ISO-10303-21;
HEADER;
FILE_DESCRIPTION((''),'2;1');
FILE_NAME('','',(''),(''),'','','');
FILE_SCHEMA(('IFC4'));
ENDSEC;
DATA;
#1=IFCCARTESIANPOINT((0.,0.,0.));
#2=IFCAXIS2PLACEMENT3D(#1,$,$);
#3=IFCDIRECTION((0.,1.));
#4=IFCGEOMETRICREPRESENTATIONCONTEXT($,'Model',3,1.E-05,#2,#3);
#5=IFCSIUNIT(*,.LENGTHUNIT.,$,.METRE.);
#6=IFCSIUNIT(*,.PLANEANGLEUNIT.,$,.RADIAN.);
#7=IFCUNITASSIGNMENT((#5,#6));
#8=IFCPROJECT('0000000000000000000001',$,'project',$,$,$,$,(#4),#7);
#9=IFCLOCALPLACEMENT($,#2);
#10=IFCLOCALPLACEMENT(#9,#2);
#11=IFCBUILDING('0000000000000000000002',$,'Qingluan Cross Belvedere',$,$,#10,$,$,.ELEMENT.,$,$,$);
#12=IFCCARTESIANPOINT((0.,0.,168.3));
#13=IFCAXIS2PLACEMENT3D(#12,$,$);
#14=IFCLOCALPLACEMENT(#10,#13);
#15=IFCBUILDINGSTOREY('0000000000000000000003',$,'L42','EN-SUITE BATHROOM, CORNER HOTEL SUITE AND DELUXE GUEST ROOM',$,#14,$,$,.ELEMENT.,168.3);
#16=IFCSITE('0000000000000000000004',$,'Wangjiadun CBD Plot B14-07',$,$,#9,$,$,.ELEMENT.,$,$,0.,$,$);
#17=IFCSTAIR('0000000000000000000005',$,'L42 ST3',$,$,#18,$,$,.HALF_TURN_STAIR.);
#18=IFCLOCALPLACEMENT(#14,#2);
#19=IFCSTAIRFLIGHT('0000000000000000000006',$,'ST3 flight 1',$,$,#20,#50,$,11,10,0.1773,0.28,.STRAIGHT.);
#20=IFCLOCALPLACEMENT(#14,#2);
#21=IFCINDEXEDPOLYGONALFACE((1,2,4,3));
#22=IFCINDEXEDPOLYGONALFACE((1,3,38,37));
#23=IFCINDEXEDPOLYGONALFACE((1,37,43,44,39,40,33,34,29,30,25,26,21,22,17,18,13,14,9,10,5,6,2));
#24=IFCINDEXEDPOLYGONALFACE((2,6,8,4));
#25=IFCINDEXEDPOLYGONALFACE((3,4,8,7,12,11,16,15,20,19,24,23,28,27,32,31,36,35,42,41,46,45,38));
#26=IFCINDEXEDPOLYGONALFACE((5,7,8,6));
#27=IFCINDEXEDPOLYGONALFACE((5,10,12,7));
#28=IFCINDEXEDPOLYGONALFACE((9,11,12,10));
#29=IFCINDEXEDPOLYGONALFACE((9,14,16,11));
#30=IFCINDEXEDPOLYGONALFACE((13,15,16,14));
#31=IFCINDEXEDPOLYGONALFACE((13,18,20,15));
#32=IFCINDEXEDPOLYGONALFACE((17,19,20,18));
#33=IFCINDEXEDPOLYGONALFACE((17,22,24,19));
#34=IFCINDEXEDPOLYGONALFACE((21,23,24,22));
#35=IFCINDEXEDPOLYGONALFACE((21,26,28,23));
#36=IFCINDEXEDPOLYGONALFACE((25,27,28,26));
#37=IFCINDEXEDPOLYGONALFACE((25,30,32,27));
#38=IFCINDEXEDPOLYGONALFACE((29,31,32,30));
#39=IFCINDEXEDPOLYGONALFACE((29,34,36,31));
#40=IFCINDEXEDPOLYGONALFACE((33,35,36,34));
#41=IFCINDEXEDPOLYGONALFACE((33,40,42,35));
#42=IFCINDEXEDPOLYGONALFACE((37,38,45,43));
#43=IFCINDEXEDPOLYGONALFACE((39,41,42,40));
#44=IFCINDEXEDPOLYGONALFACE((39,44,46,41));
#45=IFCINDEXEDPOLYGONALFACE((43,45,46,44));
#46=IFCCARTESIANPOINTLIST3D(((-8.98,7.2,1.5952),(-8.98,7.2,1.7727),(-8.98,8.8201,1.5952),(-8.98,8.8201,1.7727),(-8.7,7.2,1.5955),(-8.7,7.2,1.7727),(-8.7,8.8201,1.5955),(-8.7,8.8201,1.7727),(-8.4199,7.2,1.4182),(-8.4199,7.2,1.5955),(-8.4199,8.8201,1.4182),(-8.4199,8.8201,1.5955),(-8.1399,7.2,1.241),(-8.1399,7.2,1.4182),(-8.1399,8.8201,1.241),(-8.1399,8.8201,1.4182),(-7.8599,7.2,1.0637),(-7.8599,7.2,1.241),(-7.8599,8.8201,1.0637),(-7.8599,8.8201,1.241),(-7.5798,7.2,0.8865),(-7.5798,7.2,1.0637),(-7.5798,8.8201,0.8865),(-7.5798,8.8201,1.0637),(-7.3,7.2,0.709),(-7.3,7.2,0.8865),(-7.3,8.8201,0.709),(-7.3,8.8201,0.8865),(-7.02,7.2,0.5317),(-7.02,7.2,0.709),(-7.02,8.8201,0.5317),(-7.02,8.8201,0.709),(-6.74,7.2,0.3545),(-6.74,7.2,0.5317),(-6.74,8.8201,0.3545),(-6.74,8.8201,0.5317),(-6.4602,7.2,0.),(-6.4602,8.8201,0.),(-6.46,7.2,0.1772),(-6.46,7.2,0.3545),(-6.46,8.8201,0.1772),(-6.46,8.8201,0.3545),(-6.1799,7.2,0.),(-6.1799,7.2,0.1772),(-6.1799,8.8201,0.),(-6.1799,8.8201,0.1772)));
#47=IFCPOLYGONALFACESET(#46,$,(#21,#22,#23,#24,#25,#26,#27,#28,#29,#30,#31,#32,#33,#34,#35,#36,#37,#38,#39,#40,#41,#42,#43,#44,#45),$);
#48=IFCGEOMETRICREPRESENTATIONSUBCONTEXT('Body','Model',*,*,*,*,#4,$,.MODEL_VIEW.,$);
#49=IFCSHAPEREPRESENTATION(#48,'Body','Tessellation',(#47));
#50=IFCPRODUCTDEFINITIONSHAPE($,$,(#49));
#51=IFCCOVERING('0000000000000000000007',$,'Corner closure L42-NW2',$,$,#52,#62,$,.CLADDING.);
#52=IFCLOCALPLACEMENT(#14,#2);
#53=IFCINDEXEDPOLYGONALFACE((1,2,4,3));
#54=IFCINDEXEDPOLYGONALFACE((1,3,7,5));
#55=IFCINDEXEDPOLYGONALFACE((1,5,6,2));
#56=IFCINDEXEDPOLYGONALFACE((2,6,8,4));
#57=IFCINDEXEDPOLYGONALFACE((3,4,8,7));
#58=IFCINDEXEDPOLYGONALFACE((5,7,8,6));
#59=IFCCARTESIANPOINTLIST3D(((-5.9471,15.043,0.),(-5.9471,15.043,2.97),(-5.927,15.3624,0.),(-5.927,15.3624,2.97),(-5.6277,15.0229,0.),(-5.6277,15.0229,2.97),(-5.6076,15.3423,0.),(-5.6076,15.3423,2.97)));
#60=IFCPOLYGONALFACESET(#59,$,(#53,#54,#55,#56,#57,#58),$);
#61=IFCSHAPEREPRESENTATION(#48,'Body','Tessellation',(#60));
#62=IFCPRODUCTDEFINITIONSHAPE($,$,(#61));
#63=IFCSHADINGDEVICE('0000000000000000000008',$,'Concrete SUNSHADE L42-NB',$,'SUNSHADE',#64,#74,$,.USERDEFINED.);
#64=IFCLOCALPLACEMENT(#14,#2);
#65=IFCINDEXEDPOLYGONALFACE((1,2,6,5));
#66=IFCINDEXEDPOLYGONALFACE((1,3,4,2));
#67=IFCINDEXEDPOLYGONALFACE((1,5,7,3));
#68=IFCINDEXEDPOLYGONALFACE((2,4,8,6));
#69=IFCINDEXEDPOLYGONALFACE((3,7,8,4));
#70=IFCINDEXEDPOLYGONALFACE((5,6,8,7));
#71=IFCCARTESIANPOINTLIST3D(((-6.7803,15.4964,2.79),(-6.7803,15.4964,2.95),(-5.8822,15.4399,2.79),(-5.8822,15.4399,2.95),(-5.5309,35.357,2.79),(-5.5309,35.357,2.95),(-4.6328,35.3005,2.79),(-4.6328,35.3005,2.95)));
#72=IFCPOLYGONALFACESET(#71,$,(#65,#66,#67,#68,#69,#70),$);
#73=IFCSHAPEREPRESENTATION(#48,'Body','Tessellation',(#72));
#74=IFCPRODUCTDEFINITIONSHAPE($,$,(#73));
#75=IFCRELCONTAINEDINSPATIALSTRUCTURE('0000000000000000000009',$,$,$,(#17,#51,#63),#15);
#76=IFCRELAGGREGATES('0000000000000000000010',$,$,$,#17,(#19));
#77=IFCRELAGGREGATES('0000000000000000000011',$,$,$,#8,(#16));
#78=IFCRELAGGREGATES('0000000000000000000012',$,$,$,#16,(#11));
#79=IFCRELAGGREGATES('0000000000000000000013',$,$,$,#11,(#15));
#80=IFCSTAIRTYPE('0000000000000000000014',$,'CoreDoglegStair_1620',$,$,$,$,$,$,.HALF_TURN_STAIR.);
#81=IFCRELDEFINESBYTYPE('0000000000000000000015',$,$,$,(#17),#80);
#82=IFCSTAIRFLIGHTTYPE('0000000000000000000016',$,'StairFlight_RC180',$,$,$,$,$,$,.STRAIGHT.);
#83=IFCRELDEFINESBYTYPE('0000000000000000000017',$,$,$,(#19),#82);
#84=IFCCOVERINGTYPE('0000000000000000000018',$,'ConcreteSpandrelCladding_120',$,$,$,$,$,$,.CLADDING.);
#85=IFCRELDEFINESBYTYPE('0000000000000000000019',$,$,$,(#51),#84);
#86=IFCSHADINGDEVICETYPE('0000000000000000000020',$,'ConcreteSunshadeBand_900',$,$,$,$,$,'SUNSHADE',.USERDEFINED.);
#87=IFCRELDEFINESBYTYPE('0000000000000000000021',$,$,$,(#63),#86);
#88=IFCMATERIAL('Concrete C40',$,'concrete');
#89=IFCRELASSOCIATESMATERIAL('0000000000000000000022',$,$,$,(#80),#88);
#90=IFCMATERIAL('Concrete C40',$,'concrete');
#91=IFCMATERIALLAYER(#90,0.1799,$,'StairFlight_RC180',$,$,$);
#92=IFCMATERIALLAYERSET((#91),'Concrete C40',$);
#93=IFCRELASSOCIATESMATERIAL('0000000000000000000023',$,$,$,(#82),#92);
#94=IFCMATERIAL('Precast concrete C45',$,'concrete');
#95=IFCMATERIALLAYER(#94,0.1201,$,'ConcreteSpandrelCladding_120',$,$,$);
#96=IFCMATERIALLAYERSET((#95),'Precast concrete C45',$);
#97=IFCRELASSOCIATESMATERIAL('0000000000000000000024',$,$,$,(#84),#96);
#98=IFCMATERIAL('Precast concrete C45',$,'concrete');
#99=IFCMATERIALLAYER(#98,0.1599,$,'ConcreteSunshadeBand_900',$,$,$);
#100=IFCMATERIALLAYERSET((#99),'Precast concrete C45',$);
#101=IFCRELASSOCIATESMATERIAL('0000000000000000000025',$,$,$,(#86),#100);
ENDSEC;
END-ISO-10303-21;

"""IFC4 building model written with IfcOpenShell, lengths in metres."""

from ifc_helpers import new_model, si_unit, direction, frame, origin, origin_2d, place, context, subcontext, project, spatial, polyline, rectangle, outline, extrude, material, layer, layer_set, type_object, element, aggregate, save


model = new_model("IFC4")

# Units and contexts
model_context = context("Model", 3, precision=1e-05, world=origin(), true_north=direction((0.0, 1.0)))
body_context = subcontext(model_context, "Body", "Model", "MODEL_VIEW")
ifc_project = project(units=[si_unit("LENGTHUNIT", "METRE"), si_unit("PLANEANGLEUNIT", "RADIAN")], contexts=[model_context])

# Site, building, storey
site_placement = place(None, origin())
site = spatial("IfcSite", under=ifc_project, at=site_placement, Name="Wangjiadun CBD Plot B14-07", CompositionType="ELEMENT", RefElevation=0.0)
building_placement = place(site_placement, origin())
building = spatial("IfcBuilding", under=site, at=building_placement, Name="Qingluan Cross Belvedere", CompositionType="ELEMENT")
storey_placement = place(building_placement, frame((0.0, 0.0, 168.3)))
storey = spatial("IfcBuildingStorey", under=building, at=storey_placement, Name="L42", Description="EN-SUITE BATHROOM, CORNER HOTEL SUITE AND DELUXE GUEST ROOM", CompositionType="ELEMENT", Elevation=168.3)

# Stair, stair flight
ifc_material_1 = material(Name="Concrete C40", Category="concrete")
stair_type = type_object("IfcStairType", Name="CoreDoglegStair_1620", PredefinedType="HALF_TURN_STAIR", material=ifc_material_1)
stair_placement = place(storey_placement, origin())
stair = element("IfcStair", 1, at=stair_placement, inside=storey, type_object=stair_type, Name="L42 ST3", PredefinedType="HALF_TURN_STAIR")
ifc_material_2 = material(Name="Concrete C40", Category="concrete")
ifc_layer_1 = layer(ifc_material_2, 0.1799, Name="StairFlight_RC180")
ifc_layer_set_1 = layer_set([ifc_layer_1], Name="Concrete C40")
stair_flight_type = type_object("IfcStairFlightType", Name="StairFlight_RC180", PredefinedType="STRAIGHT", material=ifc_layer_set_1)
stair_flight_placement = place(storey_placement, frame((-6.1799, 8.01, 0.0), z_axis=(0.0, 0.0, 1.0), x_axis=(-1.0, 0.0, 0.0)))
stair_flight = element("IfcStairFlight", 2, at=stair_flight_placement, type_object=stair_flight_type, Name="ST3 flight 1", NumberOfRisers=11, NumberOfTreads=10, PredefinedType="STRAIGHT", RiserHeight=0.1773, TreadLength=0.28, context=body_context, shape_type="SweptSolid", body=[
    extrude(outline(polyline([(0.0, 0.0), (0.0, 0.1772), (0.28, 0.1772), (0.28, 0.3545), (0.5601, 0.3545), (0.5601, 0.5317), (0.8401, 0.5317), (0.8401, 0.709), (1.1201, 0.709), (1.1201, 0.8865), (1.3999, 0.8865), (1.3999, 1.0637), (1.6799, 1.0637), (1.6799, 1.241), (1.96, 1.241), (1.96, 1.4182), (2.24, 1.4182), (2.24, 1.5955), (2.52, 1.5955), (2.52, 1.7727), (2.8, 1.7727), (2.8, 1.95), (2.8, 1.5952), (0.2803, 0.0), (0.0, 0.0)])), frame((0.0, 0.8101, 0.0), z_axis=(0.0, -1.0, 0.0), x_axis=(1.0, 0.0, 0.0)), (0.0, 0.0, 1.0), 1.6201),
])
aggregate(stair, [stair_flight])

# Covering
ifc_material_3 = material(Name="Precast concrete C45", Category="concrete")
ifc_layer_2 = layer(ifc_material_3, 0.1201, Name="ConcreteSpandrelCladding_120")
ifc_layer_set_2 = layer_set([ifc_layer_2], Name="Precast concrete C45")
covering_type = type_object("IfcCoveringType", Name="ConcreteSpandrelCladding_120", PredefinedType="CLADDING", material=ifc_layer_set_2)
covering_placement = place(storey_placement, frame((-5.7773, 15.1926, 0.0), z_axis=(0.0, 0.0, 1.0), x_axis=(0.998027, -0.062791, 0.0)))
element("IfcCovering", 3, at=covering_placement, inside=storey, type_object=covering_type, Name="Corner closure L42-NW2", PredefinedType="CLADDING", context=body_context, shape_type="SweptSolid", body=[
    extrude(rectangle(XDim=0.3201, YDim=0.3201, at=origin_2d()), origin(), (0.0, 0.0, 1.0), 2.97),
])

# Shading device
ifc_material_4 = material(Name="Precast concrete C45", Category="concrete")
ifc_layer_3 = layer(ifc_material_4, 0.1599, Name="ConcreteSunshadeBand_900")
ifc_layer_set_3 = layer_set([ifc_layer_3], Name="Precast concrete C45")
shading_device_type = type_object("IfcShadingDeviceType", Name="ConcreteSunshadeBand_900", ElementType="SUNSHADE", PredefinedType="USERDEFINED", material=ifc_layer_set_3)
shading_device_placement = place(storey_placement, frame((-5.7065, 25.3984, 2.79), z_axis=(0.0, 0.0, 1.0), x_axis=(-0.062786, -0.998027, 0.0)))
element("IfcShadingDevice", 4, at=shading_device_placement, inside=storey, type_object=shading_device_type, Name="Concrete SUNSHADE L42-NB", ObjectType="SUNSHADE", PredefinedType="USERDEFINED", context=body_context, shape_type="SweptSolid", body=[
    extrude(rectangle(XDim=19.8999, YDim=0.8999, at=origin_2d()), origin(), (0.0, 0.0, 1.0), 0.1599),
])

save(model, "model.ifc")
